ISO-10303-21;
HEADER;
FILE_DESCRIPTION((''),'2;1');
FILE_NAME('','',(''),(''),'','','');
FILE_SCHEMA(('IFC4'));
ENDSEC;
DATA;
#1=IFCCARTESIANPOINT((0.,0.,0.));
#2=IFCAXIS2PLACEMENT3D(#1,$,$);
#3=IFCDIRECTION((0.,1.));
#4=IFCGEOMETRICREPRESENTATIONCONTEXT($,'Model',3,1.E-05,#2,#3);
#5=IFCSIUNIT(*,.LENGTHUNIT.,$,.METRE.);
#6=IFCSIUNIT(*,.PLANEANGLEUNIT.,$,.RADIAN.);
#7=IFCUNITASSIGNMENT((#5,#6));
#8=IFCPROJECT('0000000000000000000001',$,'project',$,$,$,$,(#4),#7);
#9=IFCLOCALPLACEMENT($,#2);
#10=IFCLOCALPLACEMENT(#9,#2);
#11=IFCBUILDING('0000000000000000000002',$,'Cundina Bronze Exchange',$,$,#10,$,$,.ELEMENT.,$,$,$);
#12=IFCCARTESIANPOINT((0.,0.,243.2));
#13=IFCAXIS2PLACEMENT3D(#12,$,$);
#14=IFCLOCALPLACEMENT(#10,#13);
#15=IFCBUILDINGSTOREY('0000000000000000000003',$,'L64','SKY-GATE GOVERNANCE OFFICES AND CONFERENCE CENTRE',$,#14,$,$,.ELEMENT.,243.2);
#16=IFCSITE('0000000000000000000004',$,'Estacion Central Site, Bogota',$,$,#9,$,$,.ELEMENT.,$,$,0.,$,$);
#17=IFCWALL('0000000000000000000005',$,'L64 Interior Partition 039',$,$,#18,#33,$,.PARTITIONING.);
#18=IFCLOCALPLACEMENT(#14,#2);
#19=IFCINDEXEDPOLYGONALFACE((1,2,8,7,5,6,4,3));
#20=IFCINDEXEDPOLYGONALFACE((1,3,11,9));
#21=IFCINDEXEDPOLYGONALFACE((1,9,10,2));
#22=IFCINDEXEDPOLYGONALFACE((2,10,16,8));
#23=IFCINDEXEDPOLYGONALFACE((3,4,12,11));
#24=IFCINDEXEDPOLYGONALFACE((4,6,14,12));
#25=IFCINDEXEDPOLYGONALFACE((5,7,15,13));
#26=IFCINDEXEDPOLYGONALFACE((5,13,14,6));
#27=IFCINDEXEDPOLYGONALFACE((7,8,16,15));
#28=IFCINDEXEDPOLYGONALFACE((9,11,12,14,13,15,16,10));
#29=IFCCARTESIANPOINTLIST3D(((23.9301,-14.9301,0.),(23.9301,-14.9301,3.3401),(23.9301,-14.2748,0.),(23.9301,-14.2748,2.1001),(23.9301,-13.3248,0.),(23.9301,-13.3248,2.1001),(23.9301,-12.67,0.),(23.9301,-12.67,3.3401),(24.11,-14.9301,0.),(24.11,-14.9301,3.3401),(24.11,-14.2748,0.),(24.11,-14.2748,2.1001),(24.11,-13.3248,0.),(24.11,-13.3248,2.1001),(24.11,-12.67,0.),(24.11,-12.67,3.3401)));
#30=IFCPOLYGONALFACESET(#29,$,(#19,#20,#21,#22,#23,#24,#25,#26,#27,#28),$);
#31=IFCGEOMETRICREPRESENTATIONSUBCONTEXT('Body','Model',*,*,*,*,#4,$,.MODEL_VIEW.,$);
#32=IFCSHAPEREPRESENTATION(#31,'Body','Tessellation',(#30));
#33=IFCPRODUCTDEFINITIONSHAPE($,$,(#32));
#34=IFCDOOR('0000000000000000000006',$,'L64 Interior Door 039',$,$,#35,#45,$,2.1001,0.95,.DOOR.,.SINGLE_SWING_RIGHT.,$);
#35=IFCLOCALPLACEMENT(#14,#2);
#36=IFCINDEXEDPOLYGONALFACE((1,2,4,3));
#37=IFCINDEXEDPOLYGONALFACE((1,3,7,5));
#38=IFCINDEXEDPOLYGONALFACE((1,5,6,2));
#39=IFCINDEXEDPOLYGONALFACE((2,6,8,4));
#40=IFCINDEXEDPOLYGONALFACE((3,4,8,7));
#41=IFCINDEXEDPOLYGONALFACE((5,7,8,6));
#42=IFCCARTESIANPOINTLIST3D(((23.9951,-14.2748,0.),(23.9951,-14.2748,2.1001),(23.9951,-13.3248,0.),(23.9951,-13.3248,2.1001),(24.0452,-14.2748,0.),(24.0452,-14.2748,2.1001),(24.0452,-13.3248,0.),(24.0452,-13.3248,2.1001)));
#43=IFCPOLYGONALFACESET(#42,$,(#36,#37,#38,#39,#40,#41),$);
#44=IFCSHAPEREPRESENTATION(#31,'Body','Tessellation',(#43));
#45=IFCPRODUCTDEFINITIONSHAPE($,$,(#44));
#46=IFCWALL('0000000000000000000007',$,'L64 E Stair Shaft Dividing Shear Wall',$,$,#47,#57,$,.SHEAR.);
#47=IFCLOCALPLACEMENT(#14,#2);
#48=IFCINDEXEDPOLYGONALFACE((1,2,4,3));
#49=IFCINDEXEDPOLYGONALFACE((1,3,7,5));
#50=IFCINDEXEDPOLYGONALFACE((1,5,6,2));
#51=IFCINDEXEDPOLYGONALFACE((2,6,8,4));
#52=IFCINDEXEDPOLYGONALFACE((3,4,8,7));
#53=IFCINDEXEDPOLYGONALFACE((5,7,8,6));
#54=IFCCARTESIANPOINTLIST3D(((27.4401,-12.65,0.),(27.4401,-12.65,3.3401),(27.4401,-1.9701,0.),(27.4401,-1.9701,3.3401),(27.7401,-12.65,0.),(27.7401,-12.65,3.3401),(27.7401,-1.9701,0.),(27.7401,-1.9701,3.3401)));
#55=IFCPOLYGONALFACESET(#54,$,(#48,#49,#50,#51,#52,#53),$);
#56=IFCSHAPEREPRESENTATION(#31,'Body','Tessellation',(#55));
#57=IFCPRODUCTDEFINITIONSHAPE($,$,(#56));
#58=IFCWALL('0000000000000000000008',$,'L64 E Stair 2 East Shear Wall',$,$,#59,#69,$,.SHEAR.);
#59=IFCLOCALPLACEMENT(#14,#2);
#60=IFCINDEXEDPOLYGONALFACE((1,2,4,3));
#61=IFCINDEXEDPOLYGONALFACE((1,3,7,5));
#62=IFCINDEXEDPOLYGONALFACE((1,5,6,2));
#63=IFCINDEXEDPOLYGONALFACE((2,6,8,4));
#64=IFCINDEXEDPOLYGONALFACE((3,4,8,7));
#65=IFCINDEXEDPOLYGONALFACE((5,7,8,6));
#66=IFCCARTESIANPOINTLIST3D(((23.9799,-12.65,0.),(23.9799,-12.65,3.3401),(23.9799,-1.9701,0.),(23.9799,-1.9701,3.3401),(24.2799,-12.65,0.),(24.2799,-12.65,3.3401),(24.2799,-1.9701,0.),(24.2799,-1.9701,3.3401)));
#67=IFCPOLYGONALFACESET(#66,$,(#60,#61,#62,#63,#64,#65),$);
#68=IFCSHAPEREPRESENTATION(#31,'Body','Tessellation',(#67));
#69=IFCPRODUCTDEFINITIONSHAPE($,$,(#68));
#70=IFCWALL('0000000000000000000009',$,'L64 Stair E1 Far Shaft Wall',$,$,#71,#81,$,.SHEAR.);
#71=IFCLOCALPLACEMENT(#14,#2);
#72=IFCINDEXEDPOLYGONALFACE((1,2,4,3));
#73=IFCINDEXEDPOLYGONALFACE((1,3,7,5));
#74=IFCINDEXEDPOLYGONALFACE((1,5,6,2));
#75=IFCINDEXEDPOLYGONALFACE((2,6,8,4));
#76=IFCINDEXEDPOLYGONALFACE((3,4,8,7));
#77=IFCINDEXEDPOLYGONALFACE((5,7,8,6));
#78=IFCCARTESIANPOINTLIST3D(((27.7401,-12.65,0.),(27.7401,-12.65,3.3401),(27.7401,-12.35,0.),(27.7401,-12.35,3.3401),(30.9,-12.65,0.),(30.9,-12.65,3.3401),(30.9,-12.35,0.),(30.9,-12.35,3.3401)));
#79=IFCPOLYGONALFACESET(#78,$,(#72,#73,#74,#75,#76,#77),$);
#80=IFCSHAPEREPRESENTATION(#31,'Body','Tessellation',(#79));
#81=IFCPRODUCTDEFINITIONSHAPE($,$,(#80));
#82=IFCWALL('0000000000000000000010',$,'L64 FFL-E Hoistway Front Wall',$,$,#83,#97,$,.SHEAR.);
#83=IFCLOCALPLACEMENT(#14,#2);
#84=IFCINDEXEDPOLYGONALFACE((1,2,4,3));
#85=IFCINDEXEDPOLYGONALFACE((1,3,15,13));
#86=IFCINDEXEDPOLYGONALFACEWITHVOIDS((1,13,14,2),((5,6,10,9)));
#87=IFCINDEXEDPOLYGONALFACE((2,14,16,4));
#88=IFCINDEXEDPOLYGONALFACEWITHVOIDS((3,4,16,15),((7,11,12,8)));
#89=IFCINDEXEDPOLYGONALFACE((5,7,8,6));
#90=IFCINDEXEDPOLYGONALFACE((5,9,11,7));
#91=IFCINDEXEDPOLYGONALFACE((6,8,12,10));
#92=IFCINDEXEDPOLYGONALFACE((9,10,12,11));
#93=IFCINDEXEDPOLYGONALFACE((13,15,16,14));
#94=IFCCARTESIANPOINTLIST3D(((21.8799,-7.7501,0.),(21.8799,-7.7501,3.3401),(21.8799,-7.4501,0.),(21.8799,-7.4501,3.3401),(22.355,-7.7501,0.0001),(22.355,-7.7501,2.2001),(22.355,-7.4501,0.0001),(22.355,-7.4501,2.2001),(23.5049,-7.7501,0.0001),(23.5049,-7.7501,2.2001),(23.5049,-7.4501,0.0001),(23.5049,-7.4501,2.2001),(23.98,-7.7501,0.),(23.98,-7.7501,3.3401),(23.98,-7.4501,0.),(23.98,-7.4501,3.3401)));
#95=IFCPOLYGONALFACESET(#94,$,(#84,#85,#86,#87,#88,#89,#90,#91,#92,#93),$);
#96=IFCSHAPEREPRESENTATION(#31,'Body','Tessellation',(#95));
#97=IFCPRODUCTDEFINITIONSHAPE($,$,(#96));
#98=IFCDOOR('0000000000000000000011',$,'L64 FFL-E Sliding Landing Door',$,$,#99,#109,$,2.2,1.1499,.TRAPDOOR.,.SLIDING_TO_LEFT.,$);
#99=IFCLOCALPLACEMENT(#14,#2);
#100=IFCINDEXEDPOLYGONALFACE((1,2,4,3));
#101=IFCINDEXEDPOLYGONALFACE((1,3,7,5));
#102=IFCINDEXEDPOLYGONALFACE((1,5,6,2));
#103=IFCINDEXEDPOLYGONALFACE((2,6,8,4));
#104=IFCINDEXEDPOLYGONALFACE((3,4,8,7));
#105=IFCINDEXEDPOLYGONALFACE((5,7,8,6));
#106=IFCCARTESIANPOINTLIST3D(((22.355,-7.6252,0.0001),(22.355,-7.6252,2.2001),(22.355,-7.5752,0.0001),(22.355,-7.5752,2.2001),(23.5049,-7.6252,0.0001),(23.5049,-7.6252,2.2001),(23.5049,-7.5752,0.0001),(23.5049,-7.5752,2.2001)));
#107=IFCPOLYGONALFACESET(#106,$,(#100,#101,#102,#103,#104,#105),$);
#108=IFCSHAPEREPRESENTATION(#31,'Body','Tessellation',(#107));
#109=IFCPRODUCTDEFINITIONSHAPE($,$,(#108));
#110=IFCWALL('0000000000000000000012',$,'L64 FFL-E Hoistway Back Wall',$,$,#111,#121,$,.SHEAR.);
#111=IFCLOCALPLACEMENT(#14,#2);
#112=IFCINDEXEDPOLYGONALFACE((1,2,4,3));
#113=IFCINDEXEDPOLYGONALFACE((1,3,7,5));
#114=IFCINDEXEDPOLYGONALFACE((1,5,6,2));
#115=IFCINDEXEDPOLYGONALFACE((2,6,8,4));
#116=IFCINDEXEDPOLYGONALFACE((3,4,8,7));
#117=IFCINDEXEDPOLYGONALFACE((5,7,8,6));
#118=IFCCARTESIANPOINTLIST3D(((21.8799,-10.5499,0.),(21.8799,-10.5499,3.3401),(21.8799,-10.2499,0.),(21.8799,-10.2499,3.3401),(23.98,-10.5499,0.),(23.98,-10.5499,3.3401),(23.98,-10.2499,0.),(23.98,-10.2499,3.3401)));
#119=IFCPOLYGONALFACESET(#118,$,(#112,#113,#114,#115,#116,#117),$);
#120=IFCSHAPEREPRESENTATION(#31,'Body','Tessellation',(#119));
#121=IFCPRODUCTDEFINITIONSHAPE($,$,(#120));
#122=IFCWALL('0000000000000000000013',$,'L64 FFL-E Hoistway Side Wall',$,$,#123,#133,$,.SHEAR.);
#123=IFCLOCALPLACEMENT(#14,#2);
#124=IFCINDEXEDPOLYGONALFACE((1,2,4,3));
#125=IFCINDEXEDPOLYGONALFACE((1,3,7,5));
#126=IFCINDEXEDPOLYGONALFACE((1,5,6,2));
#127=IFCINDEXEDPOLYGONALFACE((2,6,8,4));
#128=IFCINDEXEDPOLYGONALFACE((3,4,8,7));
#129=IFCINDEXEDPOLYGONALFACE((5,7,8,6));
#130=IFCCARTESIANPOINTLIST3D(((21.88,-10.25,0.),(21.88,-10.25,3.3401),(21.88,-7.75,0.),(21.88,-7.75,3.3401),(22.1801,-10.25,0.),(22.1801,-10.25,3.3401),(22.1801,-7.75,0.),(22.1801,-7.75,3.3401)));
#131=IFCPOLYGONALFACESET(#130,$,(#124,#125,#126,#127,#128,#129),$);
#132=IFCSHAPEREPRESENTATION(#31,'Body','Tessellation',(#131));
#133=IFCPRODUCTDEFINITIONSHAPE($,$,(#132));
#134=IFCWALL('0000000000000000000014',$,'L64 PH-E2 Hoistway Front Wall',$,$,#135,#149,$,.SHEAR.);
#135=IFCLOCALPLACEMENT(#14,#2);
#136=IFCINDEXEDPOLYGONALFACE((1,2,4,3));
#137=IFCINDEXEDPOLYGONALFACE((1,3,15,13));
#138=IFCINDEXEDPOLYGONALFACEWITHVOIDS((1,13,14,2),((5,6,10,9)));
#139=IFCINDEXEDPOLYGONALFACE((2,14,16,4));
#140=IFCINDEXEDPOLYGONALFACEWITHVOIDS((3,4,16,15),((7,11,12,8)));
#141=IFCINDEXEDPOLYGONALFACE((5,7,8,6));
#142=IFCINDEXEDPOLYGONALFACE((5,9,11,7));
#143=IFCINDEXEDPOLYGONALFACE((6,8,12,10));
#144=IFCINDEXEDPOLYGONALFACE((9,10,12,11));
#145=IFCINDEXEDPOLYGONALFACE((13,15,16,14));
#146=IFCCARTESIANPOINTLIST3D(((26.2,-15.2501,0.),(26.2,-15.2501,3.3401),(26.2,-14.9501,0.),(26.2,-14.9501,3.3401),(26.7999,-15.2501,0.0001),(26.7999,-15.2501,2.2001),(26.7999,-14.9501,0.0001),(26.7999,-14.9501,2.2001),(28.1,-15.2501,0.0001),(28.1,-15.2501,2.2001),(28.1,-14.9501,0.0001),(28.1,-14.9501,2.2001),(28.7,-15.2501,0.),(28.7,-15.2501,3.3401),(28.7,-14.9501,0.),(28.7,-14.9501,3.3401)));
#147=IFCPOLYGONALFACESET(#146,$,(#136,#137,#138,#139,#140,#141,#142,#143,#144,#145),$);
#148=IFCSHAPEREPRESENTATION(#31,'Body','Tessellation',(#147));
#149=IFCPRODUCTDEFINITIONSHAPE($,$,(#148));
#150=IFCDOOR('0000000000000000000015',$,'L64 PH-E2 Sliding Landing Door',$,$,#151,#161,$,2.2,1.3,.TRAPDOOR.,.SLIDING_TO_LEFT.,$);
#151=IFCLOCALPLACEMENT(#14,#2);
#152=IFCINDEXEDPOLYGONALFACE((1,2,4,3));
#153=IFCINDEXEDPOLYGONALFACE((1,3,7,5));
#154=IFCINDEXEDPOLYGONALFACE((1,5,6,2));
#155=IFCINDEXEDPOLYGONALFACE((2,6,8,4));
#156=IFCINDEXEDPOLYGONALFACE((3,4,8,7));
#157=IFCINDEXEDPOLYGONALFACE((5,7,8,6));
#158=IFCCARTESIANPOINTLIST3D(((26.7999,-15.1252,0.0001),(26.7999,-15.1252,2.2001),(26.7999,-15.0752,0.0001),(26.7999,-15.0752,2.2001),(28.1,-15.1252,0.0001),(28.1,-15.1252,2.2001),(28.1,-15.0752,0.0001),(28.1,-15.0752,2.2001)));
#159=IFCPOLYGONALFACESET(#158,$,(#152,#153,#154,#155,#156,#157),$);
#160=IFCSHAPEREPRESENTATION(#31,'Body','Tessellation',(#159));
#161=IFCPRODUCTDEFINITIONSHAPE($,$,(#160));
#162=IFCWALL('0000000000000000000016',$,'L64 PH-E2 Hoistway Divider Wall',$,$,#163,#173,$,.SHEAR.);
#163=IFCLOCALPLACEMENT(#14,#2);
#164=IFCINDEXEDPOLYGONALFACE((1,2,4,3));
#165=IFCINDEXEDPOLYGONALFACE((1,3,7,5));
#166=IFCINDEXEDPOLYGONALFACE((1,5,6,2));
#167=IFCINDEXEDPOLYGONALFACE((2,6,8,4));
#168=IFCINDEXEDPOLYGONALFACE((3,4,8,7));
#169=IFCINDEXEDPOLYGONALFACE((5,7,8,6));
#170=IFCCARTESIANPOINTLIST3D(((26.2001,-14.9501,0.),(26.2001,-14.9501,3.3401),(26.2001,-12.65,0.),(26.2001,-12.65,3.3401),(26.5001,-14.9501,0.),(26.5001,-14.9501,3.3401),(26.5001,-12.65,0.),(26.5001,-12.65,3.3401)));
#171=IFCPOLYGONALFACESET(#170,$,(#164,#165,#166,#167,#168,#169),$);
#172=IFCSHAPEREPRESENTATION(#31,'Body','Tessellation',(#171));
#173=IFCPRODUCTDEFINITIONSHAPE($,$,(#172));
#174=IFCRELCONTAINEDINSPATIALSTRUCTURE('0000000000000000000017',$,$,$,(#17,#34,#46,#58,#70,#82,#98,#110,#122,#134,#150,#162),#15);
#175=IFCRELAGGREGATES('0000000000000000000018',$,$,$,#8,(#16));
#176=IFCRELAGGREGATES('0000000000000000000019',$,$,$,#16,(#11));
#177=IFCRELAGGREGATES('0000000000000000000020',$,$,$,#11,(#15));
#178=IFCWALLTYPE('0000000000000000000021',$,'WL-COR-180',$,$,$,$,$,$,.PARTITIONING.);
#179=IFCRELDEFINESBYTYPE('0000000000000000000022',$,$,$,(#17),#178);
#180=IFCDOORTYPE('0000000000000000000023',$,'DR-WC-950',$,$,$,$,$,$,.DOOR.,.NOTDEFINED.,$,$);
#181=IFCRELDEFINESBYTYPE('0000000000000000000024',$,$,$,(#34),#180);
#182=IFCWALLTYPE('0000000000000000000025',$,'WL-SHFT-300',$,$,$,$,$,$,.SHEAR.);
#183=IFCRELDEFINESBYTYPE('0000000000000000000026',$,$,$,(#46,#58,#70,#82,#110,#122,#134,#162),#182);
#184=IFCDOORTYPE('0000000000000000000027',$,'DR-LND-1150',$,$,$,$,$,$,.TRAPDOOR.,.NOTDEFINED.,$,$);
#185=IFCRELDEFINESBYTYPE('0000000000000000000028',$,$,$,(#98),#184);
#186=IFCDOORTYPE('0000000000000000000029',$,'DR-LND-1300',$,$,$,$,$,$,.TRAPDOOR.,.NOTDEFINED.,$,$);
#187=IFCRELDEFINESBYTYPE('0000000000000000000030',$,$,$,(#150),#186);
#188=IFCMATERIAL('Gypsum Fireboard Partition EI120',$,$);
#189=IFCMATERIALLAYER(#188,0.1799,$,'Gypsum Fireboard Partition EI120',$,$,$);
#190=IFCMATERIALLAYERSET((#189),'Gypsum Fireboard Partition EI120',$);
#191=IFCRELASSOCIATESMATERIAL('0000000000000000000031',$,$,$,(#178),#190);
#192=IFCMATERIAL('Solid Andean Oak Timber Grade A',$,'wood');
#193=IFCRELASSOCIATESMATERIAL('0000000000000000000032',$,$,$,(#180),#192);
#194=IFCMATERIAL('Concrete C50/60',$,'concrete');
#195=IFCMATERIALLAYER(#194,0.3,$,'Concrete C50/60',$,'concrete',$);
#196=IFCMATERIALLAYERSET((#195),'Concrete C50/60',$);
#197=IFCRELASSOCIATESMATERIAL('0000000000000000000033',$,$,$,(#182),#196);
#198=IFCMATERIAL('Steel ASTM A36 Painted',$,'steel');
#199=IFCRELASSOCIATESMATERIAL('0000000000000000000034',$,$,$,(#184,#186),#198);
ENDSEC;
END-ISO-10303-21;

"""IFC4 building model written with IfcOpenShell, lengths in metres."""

from ifc_helpers import new_model, si_unit, direction, frame, frame_2d, origin, place, context, subcontext, project, spatial, rectangle, extrude, material, layer, layer_set, type_object, element, fill, save


model = new_model("IFC4")

# Units and contexts
model_context = context("Model", 3, precision=1e-05, world=origin(), true_north=direction((0.0, 1.0)))
body_context = subcontext(model_context, "Body", "Model", "MODEL_VIEW")
ifc_project = project(units=[si_unit("LENGTHUNIT", "METRE"), si_unit("PLANEANGLEUNIT", "RADIAN")], contexts=[model_context])

# Site, building, storey
site_placement = place(None, origin())
site = spatial("IfcSite", under=ifc_project, at=site_placement, Name="Estacion Central Site, Bogota", CompositionType="ELEMENT", RefElevation=0.0)
building_placement = place(site_placement, origin())
building = spatial("IfcBuilding", under=site, at=building_placement, Name="Cundina Bronze Exchange", CompositionType="ELEMENT")
storey_placement = place(building_placement, frame((0.0, 0.0, 243.2)))
storey = spatial("IfcBuildingStorey", under=building, at=storey_placement, Name="L64", Description="SKY-GATE GOVERNANCE OFFICES AND CONFERENCE CENTRE", CompositionType="ELEMENT", Elevation=243.2)

# Shared definitions
ifc_material_1 = material(Name="Concrete C50/60", Category="concrete")

# Shared definitions
ifc_material_2 = material(Name="Gypsum Fireboard Partition EI120")
ifc_layer_1 = layer(ifc_material_2, 0.1799, Name="Gypsum Fireboard Partition EI120")
ifc_layer_set_1 = layer_set([ifc_layer_1], Name="Gypsum Fireboard Partition EI120")
wall_type_1 = type_object("IfcWallType", Name="WL-COR-180", PredefinedType="PARTITIONING", material=ifc_layer_set_1)

# Wall, opening, door
wall_1_placement = place(storey_placement, frame((24.02, -14.9299, 0.0), z_axis=(0.0, 0.0, 1.0), x_axis=(0.0, 1.0, 0.0)))
wall_1 = element("IfcWall", 1, at=wall_1_placement, inside=storey, type_object=wall_type_1, Name="L64 Interior Partition 039", PredefinedType="PARTITIONING", context=body_context, shape_type="SweptSolid", body=[
    extrude(rectangle(XDim=2.26, YDim=0.1799, at=frame_2d((1.1299, 0.0))), origin(), (0.0, 0.0, 1.0), 3.3401),
])
opening_1_placement = place(wall_1_placement, frame((0.655, 0.0, 0.0)))
opening_1 = element("IfcOpeningElement", 2, at=opening_1_placement, cuts=wall_1, PredefinedType="OPENING", context=body_context, shape_type="SweptSolid", body=[
    extrude(rectangle(XDim=0.95, YDim=2.1001, at=frame_2d((0.4751, 1.05))), frame((0.0, 0.0999, 0.0), z_axis=(0.0, -1.0, 0.0), x_axis=(1.0, 0.0, 0.0)), (0.0, 0.0, 1.0), 0.2),
])
ifc_material_3 = material(Name="Solid Andean Oak Timber Grade A", Category="wood")
door_type_1 = type_object("IfcDoorType", Name="DR-WC-950", OperationType="NOTDEFINED", PredefinedType="DOOR", material=ifc_material_3)
door_1_placement = place(opening_1_placement, origin())
door_1 = element("IfcDoor", 3, at=door_1_placement, inside=storey, type_object=door_type_1, Name="L64 Interior Door 039", OperationType="SINGLE_SWING_RIGHT", OverallHeight=2.1001, OverallWidth=0.95, PredefinedType="DOOR", context=body_context, shape_type="SweptSolid", body=[
    extrude(rectangle(XDim=0.95, YDim=2.1001, at=frame_2d((0.4751, 1.05))), frame((0.0, 0.0249, 0.0), z_axis=(0.0, -1.0, 0.0), x_axis=(1.0, 0.0, 0.0)), (0.0, 0.0, 1.0), 0.05),
])
fill(opening_1, door_1)

# Walls
ifc_layer_2 = layer(ifc_material_1, 0.3, Name="Concrete C50/60", Category="concrete")
ifc_layer_set_2 = layer_set([ifc_layer_2], Name="Concrete C50/60")
wall_type_2 = type_object("IfcWallType", Name="WL-SHFT-300", PredefinedType="SHEAR", material=ifc_layer_set_2)
for number, where, z_axis, x_axis, name in (
    (4, (27.5901, -12.6499, 0.0), (0.0, 0.0, 1.0), (0.0, 1.0, 0.0), "L64 E Stair Shaft Dividing Shear Wall"),
    (5, (24.1299, -12.6499, 0.0), (0.0, 0.0, 1.0), (0.0, 1.0, 0.0), "L64 E Stair 2 East Shear Wall"),
):
    element("IfcWall", number, at=place(storey_placement, frame(where, z_axis=z_axis, x_axis=x_axis)), inside=storey, type_object=wall_type_2, Name=name, PredefinedType="SHEAR", context=body_context, shape_type="SweptSolid", body=[
        extrude(rectangle(XDim=10.6799, YDim=0.3, at=frame_2d((5.3398, 0.0))), origin(), (0.0, 0.0, 1.0), 3.3401),
    ])
wall_2_placement = place(storey_placement, frame((27.74, -12.5, 0.0), z_axis=(0.0, 0.0, 1.0), x_axis=(1.0, 0.0, 0.0)))
element("IfcWall", 6, at=wall_2_placement, inside=storey, type_object=wall_type_2, Name="L64 Stair E1 Far Shaft Wall", PredefinedType="SHEAR", context=body_context, shape_type="SweptSolid", body=[
    extrude(rectangle(XDim=3.1599, YDim=0.3, at=frame_2d((1.5801, 0.0))), origin(), (0.0, 0.0, 1.0), 3.3401),
])

# Wall, opening, door
ifc_material_4 = material(Name="Steel ASTM A36 Painted", Category="steel")
wall_3_placement = place(storey_placement, frame((21.8799, -7.6001, 0.0), z_axis=(0.0, 0.0, 1.0), x_axis=(1.0, 0.0, 0.0)))
wall_3 = element("IfcWall", 7, at=wall_3_placement, inside=storey, type_object=wall_type_2, Name="L64 FFL-E Hoistway Front Wall", PredefinedType="SHEAR", context=body_context, shape_type="SweptSolid", body=[
    extrude(rectangle(XDim=2.1001, YDim=0.3, at=frame_2d((1.05, 0.0))), origin(), (0.0, 0.0, 1.0), 3.3401),
])
opening_2_placement = place(wall_3_placement, frame((0.4751, 0.0, 0.0)))
opening_2 = element("IfcOpeningElement", 8, at=opening_2_placement, cuts=wall_3, PredefinedType="OPENING", context=body_context, shape_type="SweptSolid", body=[
    extrude(rectangle(XDim=1.1499, YDim=2.2, at=frame_2d((0.575, 1.1001))), frame((0.0, 0.1599, 0.0), z_axis=(0.0, -1.0, 0.0), x_axis=(1.0, 0.0, 0.0)), (0.0, 0.0, 1.0), 0.3201),
])
door_type_2 = type_object("IfcDoorType", Name="DR-LND-1150", OperationType="NOTDEFINED", PredefinedType="TRAPDOOR", material=ifc_material_4)
door_2_placement = place(opening_2_placement, origin())
door_2 = element("IfcDoor", 9, at=door_2_placement, inside=storey, type_object=door_type_2, Name="L64 FFL-E Sliding Landing Door", OperationType="SLIDING_TO_LEFT", OverallHeight=2.2, OverallWidth=1.1499, PredefinedType="TRAPDOOR", context=body_context, shape_type="SweptSolid", body=[
    extrude(rectangle(XDim=1.1499, YDim=2.2, at=frame_2d((0.575, 1.1001))), frame((0.0, 0.0249, 0.0), z_axis=(0.0, -1.0, 0.0), x_axis=(1.0, 0.0, 0.0)), (0.0, 0.0, 1.0), 0.05),
])
fill(opening_2, door_2)

# Walls
wall_4_placement = place(storey_placement, frame((21.8799, -10.3999, 0.0), z_axis=(0.0, 0.0, 1.0), x_axis=(1.0, 0.0, 0.0)))
element("IfcWall", 10, at=wall_4_placement, inside=storey, type_object=wall_type_2, Name="L64 FFL-E Hoistway Back Wall", PredefinedType="SHEAR", context=body_context, shape_type="SweptSolid", body=[
    extrude(rectangle(XDim=2.1001, YDim=0.3, at=frame_2d((1.05, 0.0))), origin(), (0.0, 0.0, 1.0), 3.3401),
])
wall_5_placement = place(storey_placement, frame((22.03, -10.25, 0.0), z_axis=(0.0, 0.0, 1.0), x_axis=(0.0, 1.0, 0.0)))
element("IfcWall", 11, at=wall_5_placement, inside=storey, type_object=wall_type_2, Name="L64 FFL-E Hoistway Side Wall", PredefinedType="SHEAR", context=body_context, shape_type="SweptSolid", body=[
    extrude(rectangle(XDim=2.5, YDim=0.3, at=frame_2d((1.25, 0.0))), origin(), (0.0, 0.0, 1.0), 3.3401),
])

# Wall, opening, door
wall_6_placement = place(storey_placement, frame((26.2, -15.1001, 0.0), z_axis=(0.0, 0.0, 1.0), x_axis=(1.0, 0.0, 0.0)))
wall_6 = element("IfcWall", 12, at=wall_6_placement, inside=storey, type_object=wall_type_2, Name="L64 PH-E2 Hoistway Front Wall", PredefinedType="SHEAR", context=body_context, shape_type="SweptSolid", body=[
    extrude(rectangle(XDim=2.5, YDim=0.3, at=frame_2d((1.25, 0.0))), origin(), (0.0, 0.0, 1.0), 3.3401),
])
opening_3_placement = place(wall_6_placement, frame((0.6001, 0.0, 0.0)))
opening_3 = element("IfcOpeningElement", 13, at=opening_3_placement, cuts=wall_6, PredefinedType="OPENING", context=body_context, shape_type="SweptSolid", body=[
    extrude(rectangle(XDim=1.3, YDim=2.2, at=frame_2d((0.6499, 1.1001))), frame((0.0, 0.1599, 0.0), z_axis=(0.0, -1.0, 0.0), x_axis=(1.0, 0.0, 0.0)), (0.0, 0.0, 1.0), 0.3201),
])
door_type_3 = type_object("IfcDoorType", Name="DR-LND-1300", OperationType="NOTDEFINED", PredefinedType="TRAPDOOR", material=ifc_material_4)
door_3_placement = place(opening_3_placement, origin())
door_3 = element("IfcDoor", 14, at=door_3_placement, inside=storey, type_object=door_type_3, Name="L64 PH-E2 Sliding Landing Door", OperationType="SLIDING_TO_LEFT", OverallHeight=2.2, OverallWidth=1.3, PredefinedType="TRAPDOOR", context=body_context, shape_type="SweptSolid", body=[
    extrude(rectangle(XDim=1.3, YDim=2.2, at=frame_2d((0.6499, 1.1001))), frame((0.0, 0.0249, 0.0), z_axis=(0.0, -1.0, 0.0), x_axis=(1.0, 0.0, 0.0)), (0.0, 0.0, 1.0), 0.05),
])
fill(opening_3, door_3)

# Wall
wall_7_placement = place(storey_placement, frame((26.3501, -14.95, 0.0), z_axis=(0.0, 0.0, 1.0), x_axis=(0.0, 1.0, 0.0)))
element("IfcWall", 15, at=wall_7_placement, inside=storey, type_object=wall_type_2, Name="L64 PH-E2 Hoistway Divider Wall", PredefinedType="SHEAR", context=body_context, shape_type="SweptSolid", body=[
    extrude(rectangle(XDim=2.3, YDim=0.3, at=frame_2d((1.1499, 0.0))), origin(), (0.0, 0.0, 1.0), 3.3401),
])

save(model, "model.ifc")
